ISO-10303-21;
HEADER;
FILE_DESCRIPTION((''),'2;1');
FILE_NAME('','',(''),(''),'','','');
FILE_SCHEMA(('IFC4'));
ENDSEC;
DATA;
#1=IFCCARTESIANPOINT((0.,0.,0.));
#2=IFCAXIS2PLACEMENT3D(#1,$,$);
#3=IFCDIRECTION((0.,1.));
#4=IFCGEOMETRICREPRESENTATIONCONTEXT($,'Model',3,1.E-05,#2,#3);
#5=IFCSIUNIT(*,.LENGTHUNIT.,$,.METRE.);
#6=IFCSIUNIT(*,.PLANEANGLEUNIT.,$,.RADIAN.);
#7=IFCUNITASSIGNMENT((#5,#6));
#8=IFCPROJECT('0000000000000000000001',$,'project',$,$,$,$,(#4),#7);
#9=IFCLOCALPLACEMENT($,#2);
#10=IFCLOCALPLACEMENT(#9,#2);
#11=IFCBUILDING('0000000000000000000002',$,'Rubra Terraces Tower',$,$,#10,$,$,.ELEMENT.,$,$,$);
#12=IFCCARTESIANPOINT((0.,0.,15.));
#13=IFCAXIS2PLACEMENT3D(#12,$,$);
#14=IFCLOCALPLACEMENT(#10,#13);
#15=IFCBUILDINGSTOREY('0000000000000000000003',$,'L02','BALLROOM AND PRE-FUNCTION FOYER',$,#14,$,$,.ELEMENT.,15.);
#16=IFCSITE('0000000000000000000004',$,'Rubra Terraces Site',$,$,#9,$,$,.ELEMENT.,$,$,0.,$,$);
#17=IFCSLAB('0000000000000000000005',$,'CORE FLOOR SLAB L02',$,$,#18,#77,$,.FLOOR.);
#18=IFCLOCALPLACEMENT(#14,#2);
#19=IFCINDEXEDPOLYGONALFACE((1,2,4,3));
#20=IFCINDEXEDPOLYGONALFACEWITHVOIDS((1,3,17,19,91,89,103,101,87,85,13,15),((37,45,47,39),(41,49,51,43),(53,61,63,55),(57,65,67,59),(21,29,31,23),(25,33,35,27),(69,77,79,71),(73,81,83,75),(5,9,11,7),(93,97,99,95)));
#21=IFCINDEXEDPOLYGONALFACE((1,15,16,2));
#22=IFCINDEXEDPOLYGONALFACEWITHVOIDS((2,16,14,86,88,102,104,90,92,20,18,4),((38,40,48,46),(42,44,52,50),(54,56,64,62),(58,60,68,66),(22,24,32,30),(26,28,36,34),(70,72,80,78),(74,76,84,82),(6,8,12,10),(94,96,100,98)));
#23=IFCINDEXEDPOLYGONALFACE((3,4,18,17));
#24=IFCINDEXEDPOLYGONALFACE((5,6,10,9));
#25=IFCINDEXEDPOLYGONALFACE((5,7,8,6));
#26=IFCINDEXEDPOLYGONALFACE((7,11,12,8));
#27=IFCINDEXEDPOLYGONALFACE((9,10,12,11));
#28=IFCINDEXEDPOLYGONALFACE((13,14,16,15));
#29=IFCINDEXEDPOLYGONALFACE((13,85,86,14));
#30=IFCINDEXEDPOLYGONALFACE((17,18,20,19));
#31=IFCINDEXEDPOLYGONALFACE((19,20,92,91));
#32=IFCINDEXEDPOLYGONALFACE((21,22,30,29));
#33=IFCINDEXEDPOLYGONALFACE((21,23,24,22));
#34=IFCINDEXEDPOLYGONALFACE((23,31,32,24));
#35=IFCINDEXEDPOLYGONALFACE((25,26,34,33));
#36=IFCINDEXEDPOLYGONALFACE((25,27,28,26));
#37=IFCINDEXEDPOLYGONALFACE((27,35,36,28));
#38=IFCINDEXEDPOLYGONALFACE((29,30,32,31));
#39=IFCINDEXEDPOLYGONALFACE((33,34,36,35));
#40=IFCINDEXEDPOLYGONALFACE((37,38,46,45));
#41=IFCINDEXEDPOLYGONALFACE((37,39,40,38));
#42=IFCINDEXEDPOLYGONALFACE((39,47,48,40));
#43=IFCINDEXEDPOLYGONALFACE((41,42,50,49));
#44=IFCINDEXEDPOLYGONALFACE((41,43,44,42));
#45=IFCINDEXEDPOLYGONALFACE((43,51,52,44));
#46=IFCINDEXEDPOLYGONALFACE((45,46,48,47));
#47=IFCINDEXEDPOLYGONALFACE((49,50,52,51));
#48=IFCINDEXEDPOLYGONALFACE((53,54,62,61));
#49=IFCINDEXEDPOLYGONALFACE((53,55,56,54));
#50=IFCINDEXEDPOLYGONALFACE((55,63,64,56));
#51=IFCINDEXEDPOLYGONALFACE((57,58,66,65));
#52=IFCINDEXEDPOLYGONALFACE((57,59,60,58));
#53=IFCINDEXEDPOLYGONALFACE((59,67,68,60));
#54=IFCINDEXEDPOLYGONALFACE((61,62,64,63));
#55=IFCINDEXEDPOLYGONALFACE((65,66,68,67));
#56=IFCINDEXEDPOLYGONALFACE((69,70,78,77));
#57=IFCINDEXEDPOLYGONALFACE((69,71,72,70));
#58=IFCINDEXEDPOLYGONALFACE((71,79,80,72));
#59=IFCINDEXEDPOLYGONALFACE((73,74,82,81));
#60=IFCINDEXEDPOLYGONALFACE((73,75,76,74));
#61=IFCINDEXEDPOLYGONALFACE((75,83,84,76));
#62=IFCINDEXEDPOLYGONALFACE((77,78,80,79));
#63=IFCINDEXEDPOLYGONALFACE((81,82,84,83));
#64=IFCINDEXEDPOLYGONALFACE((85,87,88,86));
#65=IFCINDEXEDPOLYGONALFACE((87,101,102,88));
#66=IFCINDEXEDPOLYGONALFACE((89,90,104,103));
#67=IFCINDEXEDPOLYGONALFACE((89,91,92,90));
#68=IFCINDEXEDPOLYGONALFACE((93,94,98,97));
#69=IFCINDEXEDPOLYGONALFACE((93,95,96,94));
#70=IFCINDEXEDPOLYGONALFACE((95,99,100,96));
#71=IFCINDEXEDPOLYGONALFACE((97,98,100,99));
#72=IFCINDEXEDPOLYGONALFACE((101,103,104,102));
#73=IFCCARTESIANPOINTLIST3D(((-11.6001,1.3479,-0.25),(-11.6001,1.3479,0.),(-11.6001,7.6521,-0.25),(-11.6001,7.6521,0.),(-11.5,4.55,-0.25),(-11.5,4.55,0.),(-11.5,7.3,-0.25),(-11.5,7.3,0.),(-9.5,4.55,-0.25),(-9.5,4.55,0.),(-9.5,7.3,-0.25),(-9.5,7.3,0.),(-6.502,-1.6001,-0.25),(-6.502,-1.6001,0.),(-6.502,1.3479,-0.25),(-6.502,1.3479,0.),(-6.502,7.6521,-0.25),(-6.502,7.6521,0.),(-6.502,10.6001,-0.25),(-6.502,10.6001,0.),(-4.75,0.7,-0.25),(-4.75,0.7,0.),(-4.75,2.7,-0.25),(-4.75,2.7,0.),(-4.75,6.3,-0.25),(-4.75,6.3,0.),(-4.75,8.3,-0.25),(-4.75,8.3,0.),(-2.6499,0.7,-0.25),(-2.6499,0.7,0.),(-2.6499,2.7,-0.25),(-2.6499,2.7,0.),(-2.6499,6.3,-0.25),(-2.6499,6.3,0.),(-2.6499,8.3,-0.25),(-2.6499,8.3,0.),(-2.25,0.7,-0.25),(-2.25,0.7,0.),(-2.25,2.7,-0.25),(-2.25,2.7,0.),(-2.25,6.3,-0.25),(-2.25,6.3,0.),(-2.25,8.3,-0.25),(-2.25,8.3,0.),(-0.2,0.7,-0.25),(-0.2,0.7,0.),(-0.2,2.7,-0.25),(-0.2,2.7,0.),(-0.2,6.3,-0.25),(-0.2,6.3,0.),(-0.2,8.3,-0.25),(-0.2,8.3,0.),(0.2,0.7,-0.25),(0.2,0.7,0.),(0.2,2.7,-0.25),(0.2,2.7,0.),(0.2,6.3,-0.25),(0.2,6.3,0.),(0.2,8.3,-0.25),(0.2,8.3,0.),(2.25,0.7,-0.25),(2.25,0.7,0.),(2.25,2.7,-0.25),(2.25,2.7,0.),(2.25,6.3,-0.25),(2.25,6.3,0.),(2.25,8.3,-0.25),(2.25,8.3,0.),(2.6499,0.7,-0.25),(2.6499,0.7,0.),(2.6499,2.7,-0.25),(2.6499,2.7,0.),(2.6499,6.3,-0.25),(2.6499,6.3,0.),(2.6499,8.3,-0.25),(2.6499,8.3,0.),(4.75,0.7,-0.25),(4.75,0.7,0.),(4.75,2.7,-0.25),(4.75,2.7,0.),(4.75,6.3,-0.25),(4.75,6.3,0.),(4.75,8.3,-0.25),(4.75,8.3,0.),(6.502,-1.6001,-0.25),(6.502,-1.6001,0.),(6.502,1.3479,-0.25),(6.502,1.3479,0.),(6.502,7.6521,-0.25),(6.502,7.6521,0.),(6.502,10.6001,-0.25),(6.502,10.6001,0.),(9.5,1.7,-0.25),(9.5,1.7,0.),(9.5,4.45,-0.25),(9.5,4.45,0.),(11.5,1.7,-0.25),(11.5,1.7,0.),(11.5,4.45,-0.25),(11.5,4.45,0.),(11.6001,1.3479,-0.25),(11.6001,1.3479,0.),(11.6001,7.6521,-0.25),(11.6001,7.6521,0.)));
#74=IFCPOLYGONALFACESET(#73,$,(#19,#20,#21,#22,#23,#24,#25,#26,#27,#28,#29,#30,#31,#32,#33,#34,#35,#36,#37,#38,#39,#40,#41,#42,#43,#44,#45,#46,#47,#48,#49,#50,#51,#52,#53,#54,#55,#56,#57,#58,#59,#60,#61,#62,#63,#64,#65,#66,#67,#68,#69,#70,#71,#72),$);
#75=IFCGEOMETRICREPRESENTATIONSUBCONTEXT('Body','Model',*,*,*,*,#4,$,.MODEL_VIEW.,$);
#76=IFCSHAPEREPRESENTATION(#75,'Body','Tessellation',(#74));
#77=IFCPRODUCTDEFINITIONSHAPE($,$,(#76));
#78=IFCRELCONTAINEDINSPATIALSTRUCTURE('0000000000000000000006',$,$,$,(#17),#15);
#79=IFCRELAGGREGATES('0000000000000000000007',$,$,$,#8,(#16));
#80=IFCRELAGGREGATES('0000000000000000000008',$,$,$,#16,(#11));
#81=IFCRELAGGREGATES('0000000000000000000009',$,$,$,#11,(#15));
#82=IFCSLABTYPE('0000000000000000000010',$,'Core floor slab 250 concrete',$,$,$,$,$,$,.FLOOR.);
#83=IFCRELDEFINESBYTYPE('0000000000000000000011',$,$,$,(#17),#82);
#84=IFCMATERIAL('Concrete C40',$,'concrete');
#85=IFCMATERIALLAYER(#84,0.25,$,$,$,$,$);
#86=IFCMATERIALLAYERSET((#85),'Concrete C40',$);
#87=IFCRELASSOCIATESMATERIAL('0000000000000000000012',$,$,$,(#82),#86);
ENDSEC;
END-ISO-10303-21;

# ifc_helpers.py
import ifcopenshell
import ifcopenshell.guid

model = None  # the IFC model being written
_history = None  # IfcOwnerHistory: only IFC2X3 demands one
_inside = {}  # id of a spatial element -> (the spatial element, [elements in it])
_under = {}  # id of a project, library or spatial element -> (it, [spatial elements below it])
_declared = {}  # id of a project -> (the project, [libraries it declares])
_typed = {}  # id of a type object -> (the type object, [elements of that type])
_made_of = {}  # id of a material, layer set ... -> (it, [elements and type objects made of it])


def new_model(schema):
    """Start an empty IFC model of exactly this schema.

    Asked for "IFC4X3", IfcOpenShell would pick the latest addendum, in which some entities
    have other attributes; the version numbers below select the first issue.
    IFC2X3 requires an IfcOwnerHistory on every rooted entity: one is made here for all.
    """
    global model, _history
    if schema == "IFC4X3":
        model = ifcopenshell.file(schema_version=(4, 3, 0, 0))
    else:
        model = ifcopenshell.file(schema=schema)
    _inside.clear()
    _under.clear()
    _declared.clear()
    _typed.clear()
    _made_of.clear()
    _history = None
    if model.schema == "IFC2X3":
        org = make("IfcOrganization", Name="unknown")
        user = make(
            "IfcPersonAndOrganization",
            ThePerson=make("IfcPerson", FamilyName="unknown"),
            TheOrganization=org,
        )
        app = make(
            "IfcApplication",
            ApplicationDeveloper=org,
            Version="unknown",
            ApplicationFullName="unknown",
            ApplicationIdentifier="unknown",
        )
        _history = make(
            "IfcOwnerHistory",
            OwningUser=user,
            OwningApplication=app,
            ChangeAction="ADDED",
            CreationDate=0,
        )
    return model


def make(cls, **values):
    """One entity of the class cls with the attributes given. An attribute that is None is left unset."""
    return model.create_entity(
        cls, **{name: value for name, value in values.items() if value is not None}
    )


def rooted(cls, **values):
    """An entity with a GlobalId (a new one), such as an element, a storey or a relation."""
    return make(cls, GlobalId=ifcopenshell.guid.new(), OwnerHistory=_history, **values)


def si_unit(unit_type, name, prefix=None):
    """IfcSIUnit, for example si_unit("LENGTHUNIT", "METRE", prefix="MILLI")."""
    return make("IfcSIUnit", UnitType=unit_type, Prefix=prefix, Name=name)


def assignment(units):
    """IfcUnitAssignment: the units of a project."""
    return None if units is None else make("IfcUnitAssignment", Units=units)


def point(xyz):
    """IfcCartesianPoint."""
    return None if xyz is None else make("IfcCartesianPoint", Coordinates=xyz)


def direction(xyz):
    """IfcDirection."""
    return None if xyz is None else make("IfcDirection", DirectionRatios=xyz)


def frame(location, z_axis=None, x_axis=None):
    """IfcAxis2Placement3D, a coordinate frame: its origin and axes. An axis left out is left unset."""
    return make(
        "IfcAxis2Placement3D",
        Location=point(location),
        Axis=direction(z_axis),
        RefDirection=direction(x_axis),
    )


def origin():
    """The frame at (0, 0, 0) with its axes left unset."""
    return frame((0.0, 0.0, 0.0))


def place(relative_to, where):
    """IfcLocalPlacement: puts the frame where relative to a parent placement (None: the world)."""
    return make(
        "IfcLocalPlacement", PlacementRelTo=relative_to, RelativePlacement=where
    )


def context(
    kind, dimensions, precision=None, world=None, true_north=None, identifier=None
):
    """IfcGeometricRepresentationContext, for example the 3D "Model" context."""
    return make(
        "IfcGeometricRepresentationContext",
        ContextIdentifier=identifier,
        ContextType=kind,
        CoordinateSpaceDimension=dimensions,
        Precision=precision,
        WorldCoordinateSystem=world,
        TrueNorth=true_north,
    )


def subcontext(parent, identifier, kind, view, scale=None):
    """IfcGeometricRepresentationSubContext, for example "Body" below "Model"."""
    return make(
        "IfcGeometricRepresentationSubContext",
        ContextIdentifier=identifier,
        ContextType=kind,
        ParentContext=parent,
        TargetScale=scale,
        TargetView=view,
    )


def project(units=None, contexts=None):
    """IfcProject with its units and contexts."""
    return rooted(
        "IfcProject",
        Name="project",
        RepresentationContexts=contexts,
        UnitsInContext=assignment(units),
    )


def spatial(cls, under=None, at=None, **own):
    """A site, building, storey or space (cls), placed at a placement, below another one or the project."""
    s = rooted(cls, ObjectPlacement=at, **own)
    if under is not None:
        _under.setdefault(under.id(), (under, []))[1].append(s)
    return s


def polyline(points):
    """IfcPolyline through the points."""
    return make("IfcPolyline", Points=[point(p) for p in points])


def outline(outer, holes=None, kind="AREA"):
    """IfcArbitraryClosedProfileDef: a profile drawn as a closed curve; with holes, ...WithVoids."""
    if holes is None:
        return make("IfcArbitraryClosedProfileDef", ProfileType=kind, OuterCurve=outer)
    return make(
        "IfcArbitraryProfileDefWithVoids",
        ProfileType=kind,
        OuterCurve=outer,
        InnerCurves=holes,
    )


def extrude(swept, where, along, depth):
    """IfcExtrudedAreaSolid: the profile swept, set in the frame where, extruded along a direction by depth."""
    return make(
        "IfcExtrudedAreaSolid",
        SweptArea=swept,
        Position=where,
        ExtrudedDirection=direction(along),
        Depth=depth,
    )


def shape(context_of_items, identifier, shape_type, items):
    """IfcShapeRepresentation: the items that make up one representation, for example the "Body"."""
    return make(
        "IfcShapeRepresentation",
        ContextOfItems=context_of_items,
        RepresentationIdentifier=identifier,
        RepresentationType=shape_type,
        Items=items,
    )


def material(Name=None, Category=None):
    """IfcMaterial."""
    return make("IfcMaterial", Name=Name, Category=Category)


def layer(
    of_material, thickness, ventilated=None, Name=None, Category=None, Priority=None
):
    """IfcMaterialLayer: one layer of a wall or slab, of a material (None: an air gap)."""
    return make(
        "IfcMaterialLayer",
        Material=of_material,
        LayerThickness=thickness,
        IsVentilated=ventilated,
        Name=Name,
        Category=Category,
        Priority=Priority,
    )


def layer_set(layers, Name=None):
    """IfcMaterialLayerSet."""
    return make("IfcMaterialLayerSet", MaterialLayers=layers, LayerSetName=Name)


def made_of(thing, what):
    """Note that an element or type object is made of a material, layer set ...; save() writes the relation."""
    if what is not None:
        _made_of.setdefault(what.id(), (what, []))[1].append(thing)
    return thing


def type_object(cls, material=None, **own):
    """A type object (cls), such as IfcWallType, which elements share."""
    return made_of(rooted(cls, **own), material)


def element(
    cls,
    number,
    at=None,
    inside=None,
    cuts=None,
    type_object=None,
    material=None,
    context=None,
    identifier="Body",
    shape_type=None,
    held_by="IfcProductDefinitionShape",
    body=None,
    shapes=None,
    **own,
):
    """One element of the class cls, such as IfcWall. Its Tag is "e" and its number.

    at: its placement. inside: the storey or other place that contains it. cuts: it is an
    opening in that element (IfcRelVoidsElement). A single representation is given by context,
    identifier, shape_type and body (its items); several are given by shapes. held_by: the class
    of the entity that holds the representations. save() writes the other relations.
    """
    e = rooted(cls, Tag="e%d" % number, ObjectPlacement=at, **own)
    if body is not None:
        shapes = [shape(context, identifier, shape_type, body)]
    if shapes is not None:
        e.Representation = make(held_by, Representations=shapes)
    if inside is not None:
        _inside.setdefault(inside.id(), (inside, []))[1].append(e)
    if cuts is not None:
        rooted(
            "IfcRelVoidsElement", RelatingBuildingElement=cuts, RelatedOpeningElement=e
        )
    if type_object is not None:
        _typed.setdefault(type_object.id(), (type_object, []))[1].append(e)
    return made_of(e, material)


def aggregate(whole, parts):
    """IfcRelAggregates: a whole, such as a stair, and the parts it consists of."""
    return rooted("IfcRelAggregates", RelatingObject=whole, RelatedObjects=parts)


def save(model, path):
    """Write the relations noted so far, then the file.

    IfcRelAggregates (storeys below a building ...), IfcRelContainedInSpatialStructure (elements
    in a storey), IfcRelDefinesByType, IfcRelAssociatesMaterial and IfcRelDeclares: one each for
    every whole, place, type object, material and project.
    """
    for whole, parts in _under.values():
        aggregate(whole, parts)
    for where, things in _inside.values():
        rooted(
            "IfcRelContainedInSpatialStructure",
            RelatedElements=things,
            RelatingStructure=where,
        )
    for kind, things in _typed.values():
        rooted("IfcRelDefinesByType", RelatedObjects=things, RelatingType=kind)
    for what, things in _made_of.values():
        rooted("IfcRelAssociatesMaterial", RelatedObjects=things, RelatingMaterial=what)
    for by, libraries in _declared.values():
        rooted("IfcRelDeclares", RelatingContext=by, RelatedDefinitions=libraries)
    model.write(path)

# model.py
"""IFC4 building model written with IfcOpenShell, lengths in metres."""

from ifc_helpers import new_model, si_unit, direction, frame, origin, place, context, subcontext, project, spatial, polyline, outline, extrude, material, layer, layer_set, type_object, element, save


model = new_model("IFC4")

# Units and contexts
model_context = context("Model", 3, precision=1e-05, world=origin(), true_north=direction((0.0, 1.0)))
body_context = subcontext(model_context, "Body", "Model", "MODEL_VIEW")
ifc_project = project(units=[si_unit("LENGTHUNIT", "METRE"), si_unit("PLANEANGLEUNIT", "RADIAN")], contexts=[model_context])

# Site, building, storey
site_placement = place(None, origin())
site = spatial("IfcSite", under=ifc_project, at=site_placement, Name="Rubra Terraces Site", CompositionType="ELEMENT", RefElevation=0.0)
building_placement = place(site_placement, origin())
building = spatial("IfcBuilding", under=site, at=building_placement, Name="Rubra Terraces Tower", CompositionType="ELEMENT")
storey_placement = place(building_placement, frame((0.0, 0.0, 15.0)))
storey = spatial("IfcBuildingStorey", under=building, at=storey_placement, Name="L02", Description="BALLROOM AND PRE-FUNCTION FOYER", CompositionType="ELEMENT", Elevation=15.0)

# Slab
ifc_material_1 = material(Name="Concrete C40", Category="concrete")
ifc_layer_1 = layer(ifc_material_1, 0.25)
ifc_layer_set_1 = layer_set([ifc_layer_1], Name="Concrete C40")
slab_type_1 = type_object("IfcSlabType", Name="Core floor slab 250 concrete", PredefinedType="FLOOR", material=ifc_layer_set_1)
slab_1_placement = place(storey_placement, frame((0.0, 0.0, -0.25)))
element("IfcSlab", 1, at=slab_1_placement, inside=storey, type_object=slab_type_1, Name="CORE FLOOR SLAB L02", PredefinedType="FLOOR", context=body_context, shape_type="SweptSolid", body=[
    extrude(outline(polyline([(-11.6001, 1.3479), (-11.6001, 7.6521), (-6.502, 7.6521), (-6.502, 10.6001), (6.502, 10.6001), (6.502, 7.6521), (11.6001, 7.6521), (11.6001, 1.3479), (6.502, 1.3479), (6.502, -1.6001), (-6.502, -1.6001), (-6.502, 1.3479), (-11.6001, 1.3479)]), holes=[polyline([(9.5, 1.7), (11.5, 1.7), (11.5, 4.45), (9.5, 4.45), (9.5, 1.7)]), polyline([(4.75, 0.7), (4.75, 2.7), (2.6499, 2.7), (2.6499, 0.7), (4.75, 0.7)]), polyline([(4.75, 6.3), (4.75, 8.3), (2.6499, 8.3), (2.6499, 6.3), (4.75, 6.3)]), polyline([(2.25, 0.7), (2.25, 2.7), (0.2, 2.7), (0.2, 0.7), (2.25, 0.7)]), polyline([(2.25, 6.3), (2.25, 8.3), (0.2, 8.3), (0.2, 6.3), (2.25, 6.3)]), polyline([(-0.2, 0.7), (-0.2, 2.7), (-2.25, 2.7), (-2.25, 0.7), (-0.2, 0.7)]), polyline([(-0.2, 6.3), (-0.2, 8.3), (-2.25, 8.3), (-2.25, 6.3), (-0.2, 6.3)]), polyline([(-2.6499, 0.7), (-2.6499, 2.7), (-4.75, 2.7), (-4.75, 0.7), (-2.6499, 0.7)]), polyline([(-2.6499, 8.3), (-4.75, 8.3), (-4.75, 6.3), (-2.6499, 6.3), (-2.6499, 8.3)]), polyline([(-9.5, 7.3), (-11.5, 7.3), (-11.5, 4.55), (-9.5, 4.55), (-9.5, 7.3)])]), origin(), (0.0, 0.0, 1.0), 0.25),
])

save(model, "model.ifc")
